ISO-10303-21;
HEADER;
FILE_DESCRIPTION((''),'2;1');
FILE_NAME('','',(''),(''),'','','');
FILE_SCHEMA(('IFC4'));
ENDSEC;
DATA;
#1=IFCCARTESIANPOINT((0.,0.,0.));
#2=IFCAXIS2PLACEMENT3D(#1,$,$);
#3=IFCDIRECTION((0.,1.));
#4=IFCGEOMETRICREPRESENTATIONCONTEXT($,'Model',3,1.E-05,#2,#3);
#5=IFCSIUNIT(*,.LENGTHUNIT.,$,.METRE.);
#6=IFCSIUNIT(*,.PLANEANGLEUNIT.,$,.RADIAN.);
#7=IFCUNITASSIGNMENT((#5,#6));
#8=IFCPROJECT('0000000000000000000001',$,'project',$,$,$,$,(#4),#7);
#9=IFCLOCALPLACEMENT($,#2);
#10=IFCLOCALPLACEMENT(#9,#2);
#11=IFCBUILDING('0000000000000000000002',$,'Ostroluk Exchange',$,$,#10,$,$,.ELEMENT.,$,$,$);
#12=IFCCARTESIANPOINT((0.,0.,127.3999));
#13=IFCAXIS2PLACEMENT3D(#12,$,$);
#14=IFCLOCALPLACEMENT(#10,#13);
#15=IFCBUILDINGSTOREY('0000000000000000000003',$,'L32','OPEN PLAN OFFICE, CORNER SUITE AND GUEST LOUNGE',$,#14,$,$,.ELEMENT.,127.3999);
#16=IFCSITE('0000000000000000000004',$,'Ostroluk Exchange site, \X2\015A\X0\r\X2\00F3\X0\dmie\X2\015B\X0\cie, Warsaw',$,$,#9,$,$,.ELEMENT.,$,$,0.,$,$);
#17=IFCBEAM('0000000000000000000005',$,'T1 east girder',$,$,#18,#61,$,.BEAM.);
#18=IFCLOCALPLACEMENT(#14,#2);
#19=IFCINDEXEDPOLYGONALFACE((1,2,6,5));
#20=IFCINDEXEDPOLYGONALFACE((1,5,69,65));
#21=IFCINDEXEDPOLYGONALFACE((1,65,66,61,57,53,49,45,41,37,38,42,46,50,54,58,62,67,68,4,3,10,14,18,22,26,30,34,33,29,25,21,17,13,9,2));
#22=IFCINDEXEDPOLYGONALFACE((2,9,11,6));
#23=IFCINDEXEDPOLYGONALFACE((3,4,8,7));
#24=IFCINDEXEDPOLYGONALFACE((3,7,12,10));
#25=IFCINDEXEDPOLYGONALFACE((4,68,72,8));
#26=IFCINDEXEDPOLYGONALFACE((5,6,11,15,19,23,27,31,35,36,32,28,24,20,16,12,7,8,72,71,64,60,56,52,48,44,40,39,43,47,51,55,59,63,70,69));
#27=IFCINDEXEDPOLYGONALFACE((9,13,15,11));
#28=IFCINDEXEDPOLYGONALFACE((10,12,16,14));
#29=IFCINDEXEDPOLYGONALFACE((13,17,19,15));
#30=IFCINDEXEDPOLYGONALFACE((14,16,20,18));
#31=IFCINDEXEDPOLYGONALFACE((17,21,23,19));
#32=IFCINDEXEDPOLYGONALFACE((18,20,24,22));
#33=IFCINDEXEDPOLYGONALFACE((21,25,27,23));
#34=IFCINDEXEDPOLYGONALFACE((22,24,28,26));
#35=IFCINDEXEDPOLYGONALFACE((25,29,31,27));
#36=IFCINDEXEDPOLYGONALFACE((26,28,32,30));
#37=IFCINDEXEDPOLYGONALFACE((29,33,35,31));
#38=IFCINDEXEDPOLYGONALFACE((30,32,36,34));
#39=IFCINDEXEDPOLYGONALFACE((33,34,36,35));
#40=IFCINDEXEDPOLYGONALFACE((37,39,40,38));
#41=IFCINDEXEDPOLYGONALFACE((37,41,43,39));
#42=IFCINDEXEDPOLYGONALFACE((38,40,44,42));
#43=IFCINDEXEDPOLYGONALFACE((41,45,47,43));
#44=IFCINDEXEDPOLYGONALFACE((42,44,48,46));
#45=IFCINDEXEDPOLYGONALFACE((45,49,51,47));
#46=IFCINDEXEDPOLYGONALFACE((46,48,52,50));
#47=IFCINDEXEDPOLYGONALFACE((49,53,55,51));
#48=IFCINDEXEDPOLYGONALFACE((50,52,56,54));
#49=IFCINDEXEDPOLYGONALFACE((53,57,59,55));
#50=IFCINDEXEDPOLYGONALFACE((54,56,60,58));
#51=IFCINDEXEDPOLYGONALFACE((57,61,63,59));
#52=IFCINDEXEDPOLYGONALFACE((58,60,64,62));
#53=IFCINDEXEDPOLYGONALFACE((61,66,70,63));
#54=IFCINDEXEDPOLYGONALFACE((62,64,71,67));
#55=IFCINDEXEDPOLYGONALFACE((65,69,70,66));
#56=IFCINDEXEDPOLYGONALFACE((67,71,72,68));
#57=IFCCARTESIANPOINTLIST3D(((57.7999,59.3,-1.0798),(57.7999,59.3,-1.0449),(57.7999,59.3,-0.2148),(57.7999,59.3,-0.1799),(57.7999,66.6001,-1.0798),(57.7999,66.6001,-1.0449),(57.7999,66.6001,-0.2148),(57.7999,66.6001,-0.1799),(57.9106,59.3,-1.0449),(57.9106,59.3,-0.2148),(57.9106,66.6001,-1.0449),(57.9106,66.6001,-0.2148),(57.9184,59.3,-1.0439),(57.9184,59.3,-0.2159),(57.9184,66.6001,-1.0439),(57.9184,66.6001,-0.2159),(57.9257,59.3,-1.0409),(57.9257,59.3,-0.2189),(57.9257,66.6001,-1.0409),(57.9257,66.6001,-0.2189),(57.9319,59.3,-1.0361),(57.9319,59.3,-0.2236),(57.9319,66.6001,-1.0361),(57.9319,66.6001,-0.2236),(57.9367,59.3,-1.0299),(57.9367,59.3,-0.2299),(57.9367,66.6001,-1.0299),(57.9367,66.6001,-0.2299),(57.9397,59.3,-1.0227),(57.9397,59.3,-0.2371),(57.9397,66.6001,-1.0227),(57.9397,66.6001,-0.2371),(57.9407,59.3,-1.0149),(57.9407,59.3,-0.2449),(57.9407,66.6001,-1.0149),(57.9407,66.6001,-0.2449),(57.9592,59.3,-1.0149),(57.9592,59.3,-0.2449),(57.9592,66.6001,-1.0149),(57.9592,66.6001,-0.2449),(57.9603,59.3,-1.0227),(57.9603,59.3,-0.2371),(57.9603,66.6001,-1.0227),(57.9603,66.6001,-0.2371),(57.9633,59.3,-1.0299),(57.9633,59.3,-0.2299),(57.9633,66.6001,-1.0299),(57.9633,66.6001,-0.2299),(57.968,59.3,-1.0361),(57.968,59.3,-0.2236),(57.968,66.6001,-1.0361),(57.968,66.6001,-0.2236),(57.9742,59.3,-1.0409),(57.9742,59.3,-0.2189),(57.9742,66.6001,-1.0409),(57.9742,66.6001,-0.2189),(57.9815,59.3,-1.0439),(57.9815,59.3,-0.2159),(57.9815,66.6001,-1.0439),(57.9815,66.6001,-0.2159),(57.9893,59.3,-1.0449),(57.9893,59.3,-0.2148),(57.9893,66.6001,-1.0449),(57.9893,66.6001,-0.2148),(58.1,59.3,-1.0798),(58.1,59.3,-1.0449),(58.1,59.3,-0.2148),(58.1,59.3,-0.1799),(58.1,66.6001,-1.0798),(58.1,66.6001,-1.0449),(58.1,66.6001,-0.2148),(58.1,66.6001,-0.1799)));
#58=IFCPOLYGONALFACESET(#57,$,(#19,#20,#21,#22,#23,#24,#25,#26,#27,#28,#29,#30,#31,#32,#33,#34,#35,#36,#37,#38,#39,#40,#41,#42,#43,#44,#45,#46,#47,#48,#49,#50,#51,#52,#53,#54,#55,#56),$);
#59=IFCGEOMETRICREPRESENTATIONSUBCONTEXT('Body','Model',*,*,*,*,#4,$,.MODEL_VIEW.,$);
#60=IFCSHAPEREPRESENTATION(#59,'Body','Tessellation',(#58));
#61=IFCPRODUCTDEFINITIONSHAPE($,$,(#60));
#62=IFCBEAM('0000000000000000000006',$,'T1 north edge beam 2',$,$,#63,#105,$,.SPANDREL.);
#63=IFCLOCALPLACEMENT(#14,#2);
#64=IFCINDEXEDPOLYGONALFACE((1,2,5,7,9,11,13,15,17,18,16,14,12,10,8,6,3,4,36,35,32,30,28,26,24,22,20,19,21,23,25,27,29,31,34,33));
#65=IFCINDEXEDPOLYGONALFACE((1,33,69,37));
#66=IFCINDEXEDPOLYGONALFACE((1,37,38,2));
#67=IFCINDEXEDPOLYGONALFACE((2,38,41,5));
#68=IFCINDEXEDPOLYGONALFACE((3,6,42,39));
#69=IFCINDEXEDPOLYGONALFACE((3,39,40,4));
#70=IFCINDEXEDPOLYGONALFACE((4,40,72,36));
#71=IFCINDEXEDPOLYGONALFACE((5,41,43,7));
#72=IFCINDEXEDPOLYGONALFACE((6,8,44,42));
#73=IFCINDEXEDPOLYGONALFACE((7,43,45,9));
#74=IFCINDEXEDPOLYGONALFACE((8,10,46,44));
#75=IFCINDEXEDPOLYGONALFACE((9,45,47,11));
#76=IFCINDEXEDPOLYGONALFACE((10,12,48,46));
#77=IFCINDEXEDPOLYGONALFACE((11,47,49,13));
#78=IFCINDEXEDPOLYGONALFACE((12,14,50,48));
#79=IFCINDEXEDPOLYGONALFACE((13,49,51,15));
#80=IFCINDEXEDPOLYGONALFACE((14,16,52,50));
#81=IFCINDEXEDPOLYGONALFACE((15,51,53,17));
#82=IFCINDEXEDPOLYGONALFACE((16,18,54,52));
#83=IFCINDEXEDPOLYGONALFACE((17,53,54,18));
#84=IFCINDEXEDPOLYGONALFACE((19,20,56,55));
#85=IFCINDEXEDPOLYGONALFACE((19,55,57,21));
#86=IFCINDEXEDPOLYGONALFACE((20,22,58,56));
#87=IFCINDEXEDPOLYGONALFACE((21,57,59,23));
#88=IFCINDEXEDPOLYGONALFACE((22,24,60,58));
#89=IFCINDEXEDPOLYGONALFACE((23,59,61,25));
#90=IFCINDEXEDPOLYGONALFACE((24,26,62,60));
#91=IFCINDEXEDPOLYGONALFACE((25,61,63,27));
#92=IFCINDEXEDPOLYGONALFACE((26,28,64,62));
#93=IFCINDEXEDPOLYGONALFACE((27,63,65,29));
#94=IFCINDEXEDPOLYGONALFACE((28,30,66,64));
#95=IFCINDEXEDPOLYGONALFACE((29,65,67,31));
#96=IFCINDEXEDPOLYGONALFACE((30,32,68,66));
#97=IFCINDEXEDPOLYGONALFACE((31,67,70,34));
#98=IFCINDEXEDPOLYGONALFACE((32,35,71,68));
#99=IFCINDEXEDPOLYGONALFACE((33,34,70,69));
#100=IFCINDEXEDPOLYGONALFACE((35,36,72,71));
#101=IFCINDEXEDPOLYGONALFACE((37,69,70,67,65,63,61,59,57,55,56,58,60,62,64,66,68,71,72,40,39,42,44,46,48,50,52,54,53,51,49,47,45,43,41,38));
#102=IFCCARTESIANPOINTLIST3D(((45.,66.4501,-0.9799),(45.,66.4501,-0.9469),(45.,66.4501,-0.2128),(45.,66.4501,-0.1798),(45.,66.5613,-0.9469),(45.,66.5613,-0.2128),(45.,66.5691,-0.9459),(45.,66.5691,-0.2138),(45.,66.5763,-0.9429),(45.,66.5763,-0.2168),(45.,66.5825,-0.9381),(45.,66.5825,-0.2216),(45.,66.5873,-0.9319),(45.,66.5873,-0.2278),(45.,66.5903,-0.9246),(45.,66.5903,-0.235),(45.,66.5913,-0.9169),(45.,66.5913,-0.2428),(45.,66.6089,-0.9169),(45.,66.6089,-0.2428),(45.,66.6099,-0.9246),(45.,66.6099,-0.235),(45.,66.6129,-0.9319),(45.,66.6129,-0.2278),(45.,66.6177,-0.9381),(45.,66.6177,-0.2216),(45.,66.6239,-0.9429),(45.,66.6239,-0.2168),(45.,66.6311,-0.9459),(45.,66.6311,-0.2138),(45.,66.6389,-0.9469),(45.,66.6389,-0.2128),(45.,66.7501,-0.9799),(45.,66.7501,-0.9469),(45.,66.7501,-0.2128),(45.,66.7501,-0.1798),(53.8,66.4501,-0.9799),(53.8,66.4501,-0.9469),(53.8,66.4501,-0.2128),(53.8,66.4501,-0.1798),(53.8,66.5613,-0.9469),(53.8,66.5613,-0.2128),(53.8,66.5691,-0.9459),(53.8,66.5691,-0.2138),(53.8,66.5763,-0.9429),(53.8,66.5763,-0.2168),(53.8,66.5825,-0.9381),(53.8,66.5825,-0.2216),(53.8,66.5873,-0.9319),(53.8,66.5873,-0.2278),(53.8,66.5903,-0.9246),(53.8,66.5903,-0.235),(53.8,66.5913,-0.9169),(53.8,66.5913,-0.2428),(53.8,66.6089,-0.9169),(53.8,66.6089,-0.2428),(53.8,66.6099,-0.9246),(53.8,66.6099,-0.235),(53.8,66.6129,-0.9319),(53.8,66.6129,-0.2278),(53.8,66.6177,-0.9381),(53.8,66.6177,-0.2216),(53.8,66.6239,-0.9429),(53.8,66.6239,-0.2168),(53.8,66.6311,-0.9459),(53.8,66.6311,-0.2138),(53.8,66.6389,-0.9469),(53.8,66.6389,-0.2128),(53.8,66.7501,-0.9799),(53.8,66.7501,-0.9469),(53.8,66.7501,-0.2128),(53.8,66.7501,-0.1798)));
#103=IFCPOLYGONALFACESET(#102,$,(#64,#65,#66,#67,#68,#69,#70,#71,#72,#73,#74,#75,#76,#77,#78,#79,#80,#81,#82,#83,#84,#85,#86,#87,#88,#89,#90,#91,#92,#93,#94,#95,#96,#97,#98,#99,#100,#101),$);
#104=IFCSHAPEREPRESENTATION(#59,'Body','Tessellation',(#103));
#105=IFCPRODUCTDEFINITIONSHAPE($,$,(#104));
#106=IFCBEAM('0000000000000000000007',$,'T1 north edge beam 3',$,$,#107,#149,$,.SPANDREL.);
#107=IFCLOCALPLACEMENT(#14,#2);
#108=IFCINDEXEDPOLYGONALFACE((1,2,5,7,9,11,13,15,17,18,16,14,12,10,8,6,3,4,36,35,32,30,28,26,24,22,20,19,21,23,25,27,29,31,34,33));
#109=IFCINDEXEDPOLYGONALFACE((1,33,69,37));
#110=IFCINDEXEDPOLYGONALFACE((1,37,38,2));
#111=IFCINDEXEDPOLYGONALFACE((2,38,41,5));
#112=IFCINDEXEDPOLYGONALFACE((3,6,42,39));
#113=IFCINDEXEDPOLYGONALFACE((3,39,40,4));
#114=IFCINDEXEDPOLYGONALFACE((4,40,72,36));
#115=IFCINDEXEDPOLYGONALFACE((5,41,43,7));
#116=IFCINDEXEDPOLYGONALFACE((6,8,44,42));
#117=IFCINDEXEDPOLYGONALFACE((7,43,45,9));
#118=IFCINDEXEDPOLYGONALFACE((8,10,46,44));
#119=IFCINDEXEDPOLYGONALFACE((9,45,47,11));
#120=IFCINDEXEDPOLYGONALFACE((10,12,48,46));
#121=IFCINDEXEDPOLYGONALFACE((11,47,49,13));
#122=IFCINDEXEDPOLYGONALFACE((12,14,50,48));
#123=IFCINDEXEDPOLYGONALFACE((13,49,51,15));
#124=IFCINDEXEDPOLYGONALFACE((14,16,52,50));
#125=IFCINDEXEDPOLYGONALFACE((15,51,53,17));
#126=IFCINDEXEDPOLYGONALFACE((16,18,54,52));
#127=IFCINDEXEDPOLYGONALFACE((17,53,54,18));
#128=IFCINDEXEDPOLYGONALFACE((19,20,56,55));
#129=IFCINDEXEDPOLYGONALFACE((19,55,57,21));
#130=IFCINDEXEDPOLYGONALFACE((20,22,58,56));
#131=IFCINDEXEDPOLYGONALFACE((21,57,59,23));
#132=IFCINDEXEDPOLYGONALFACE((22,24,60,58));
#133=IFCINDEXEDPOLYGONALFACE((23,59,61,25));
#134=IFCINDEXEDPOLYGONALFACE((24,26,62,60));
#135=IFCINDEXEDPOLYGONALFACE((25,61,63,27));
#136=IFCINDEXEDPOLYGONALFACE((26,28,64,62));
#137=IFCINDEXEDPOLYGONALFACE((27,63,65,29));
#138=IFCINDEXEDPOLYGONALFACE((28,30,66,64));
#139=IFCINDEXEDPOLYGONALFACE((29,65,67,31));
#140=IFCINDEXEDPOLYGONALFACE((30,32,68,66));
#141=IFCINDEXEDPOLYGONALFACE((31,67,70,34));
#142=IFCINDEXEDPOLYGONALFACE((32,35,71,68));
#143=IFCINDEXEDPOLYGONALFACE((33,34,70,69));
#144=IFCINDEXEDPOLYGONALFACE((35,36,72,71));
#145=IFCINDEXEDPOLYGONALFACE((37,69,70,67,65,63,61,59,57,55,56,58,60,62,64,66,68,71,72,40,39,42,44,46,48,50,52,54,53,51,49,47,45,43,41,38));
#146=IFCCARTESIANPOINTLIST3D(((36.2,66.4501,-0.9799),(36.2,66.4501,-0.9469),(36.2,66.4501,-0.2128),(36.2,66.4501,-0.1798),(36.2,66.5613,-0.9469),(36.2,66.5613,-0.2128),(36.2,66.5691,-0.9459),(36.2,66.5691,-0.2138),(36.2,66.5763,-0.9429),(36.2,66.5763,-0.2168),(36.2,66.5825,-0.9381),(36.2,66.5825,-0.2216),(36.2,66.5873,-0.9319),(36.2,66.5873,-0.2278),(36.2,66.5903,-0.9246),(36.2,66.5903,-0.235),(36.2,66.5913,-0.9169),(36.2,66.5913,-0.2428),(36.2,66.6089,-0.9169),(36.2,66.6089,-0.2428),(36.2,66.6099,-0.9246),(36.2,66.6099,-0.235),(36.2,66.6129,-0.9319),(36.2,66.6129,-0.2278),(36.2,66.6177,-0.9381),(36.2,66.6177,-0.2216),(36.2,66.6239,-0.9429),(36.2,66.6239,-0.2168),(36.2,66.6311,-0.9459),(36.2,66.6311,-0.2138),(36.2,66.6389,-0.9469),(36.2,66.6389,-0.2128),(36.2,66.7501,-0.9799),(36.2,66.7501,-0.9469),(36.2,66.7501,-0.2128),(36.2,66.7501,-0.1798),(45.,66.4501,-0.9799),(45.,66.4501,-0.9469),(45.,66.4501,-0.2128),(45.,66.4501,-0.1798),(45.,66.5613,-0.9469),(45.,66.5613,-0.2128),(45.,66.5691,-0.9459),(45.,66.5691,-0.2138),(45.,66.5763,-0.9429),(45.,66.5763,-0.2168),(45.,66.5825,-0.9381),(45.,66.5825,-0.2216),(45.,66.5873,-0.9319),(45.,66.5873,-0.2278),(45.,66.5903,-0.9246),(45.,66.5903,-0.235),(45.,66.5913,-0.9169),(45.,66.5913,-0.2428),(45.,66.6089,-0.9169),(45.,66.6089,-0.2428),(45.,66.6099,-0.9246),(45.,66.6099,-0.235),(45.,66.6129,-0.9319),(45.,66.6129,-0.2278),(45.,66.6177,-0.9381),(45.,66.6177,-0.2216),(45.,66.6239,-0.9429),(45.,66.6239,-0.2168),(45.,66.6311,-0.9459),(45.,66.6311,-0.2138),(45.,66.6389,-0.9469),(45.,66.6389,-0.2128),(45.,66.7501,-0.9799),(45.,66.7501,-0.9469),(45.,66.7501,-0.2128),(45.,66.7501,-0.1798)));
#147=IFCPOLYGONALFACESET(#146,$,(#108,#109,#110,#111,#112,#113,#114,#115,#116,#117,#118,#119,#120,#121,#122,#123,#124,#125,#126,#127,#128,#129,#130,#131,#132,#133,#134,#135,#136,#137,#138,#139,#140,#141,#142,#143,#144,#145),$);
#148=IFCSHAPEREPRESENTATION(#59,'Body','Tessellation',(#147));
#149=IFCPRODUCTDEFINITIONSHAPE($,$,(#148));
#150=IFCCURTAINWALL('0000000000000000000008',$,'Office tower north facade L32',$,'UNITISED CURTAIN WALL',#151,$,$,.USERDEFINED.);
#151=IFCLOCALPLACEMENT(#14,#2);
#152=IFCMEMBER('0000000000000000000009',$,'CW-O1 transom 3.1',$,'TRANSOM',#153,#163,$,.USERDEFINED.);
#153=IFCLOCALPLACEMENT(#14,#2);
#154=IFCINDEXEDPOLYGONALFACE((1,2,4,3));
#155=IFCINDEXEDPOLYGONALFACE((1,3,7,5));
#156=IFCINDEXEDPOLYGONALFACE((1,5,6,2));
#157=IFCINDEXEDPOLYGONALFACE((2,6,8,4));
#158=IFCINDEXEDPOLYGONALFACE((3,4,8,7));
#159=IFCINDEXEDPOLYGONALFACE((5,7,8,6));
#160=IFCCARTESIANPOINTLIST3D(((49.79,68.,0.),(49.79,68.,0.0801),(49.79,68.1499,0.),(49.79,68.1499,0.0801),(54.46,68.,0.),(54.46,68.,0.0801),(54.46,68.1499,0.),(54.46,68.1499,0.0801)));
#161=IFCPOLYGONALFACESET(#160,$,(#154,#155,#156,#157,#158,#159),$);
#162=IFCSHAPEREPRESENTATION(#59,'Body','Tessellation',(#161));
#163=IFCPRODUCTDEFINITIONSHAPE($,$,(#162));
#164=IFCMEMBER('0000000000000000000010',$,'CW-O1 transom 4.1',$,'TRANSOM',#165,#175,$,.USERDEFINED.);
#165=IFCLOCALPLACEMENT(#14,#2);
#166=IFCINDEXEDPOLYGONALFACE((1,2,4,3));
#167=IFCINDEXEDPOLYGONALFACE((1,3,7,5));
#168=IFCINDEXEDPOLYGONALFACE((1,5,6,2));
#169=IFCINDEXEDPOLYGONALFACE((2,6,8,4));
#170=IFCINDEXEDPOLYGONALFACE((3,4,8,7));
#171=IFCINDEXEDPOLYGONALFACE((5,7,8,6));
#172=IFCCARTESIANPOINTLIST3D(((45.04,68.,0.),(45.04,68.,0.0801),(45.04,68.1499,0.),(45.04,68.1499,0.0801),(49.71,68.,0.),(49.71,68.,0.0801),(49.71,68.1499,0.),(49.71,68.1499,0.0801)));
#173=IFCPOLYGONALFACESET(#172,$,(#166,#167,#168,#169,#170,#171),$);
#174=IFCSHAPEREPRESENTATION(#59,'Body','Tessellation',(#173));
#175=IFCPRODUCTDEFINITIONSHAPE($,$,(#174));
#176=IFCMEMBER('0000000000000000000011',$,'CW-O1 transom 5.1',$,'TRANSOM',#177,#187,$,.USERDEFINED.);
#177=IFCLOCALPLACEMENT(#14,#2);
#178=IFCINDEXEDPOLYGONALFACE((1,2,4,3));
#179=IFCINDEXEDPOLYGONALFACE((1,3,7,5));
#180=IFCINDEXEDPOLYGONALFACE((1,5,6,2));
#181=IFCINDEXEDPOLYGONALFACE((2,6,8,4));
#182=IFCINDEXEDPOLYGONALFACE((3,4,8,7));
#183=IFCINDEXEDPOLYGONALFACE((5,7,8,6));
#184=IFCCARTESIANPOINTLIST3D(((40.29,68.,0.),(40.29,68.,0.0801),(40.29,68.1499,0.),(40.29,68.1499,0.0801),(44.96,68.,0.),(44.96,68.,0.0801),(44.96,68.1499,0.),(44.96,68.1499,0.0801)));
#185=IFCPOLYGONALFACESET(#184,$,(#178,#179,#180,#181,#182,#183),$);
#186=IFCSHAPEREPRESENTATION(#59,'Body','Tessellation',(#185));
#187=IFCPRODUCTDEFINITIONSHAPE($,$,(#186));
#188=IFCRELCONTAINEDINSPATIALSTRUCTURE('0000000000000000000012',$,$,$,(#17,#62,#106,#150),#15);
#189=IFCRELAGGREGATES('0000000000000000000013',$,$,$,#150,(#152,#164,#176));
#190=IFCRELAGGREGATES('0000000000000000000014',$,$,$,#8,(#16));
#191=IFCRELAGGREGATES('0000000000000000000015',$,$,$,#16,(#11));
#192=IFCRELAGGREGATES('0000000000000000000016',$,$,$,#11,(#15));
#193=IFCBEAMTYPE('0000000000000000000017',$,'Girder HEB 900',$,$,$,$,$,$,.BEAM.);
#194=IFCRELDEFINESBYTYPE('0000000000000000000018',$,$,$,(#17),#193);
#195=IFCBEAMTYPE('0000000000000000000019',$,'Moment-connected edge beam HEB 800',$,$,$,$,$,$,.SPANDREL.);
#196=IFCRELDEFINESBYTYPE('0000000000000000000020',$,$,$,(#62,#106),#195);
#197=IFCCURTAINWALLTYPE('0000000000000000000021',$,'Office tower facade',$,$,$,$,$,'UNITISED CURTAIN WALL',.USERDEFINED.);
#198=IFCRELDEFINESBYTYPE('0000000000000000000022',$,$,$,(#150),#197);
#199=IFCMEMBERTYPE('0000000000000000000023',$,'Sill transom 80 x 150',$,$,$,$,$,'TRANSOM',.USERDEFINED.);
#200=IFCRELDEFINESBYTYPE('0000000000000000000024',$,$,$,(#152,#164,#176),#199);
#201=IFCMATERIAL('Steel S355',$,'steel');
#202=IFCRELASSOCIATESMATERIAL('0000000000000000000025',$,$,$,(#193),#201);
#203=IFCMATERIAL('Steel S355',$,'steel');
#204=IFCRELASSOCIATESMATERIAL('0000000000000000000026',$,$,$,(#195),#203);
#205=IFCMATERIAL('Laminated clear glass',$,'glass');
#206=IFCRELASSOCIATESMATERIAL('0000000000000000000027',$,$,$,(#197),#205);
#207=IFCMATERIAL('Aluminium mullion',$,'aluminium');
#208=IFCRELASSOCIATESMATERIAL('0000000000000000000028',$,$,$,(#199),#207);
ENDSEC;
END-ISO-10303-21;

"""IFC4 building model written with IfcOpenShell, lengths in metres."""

from ifc_helpers import new_model, si_unit, direction, frame, origin, origin_2d, place, context, subcontext, project, spatial, rectangle, i_section, extrude, material, material_profile, profile_set, type_object, element, aggregate, save


model = new_model("IFC4")

# Units and contexts
model_context = context("Model", 3, precision=1e-05, world=origin(), true_north=direction((0.0, 1.0)))
body_context = subcontext(model_context, "Body", "Model", "MODEL_VIEW")
ifc_project = project(units=[si_unit("LENGTHUNIT", "METRE"), si_unit("PLANEANGLEUNIT", "RADIAN")], contexts=[model_context])

# Site, building, storey
site_placement = place(None, origin())
site = spatial("IfcSite", under=ifc_project, at=site_placement, Name="Ostroluk Exchange site, Śródmieście, Warsaw", CompositionType="ELEMENT", RefElevation=0.0)
building_placement = place(site_placement, origin())
building = spatial("IfcBuilding", under=site, at=building_placement, Name="Ostroluk Exchange", CompositionType="ELEMENT")
storey_placement = place(building_placement, frame((0.0, 0.0, 127.3999)))
storey = spatial("IfcBuildingStorey", under=building, at=storey_placement, Name="L32", Description="OPEN PLAN OFFICE, CORNER SUITE AND GUEST LOUNGE", CompositionType="ELEMENT", Elevation=127.3999)

# Beams
ifc_material_1 = material(Name="Steel S355", Category="steel")
ifc_material_profile_1 = material_profile(ifc_material_1, i_section(OverallWidth=0.3, OverallDepth=0.8999, WebThickness=0.0186, FlangeThickness=0.0349, FilletRadius=0.03, at=origin_2d()), Name="HEB 900")
ifc_profile_set_1 = profile_set([ifc_material_profile_1], Name="Steel S355")
beam_type_1 = type_object("IfcBeamType", Name="Girder HEB 900", PredefinedType="BEAM", material=ifc_profile_set_1)
beam_placement = place(storey_placement, frame((57.95, 59.3, -0.6299), z_axis=(0.0, 1.0, 0.0), x_axis=(-1.0, 0.0, 0.0)))
element("IfcBeam", 1, at=beam_placement, inside=storey, type_object=beam_type_1, Name="T1 east girder", PredefinedType="BEAM", context=body_context, shape_type="SweptSolid", body=[
    extrude(i_section(OverallWidth=0.3, OverallDepth=0.8999, WebThickness=0.0186, FlangeThickness=0.0349, FilletRadius=0.03, at=origin_2d()), origin(), (0.0, 0.0, 1.0), 7.3),
])
ifc_material_2 = material(Name="Steel S355", Category="steel")
ifc_material_profile_2 = material_profile(ifc_material_2, i_section(OverallWidth=0.3, OverallDepth=0.8, WebThickness=0.0176, FlangeThickness=0.033, FilletRadius=0.03, at=origin_2d()), Name="HEB 800")
ifc_profile_set_2 = profile_set([ifc_material_profile_2], Name="Steel S355")
beam_type_2 = type_object("IfcBeamType", Name="Moment-connected edge beam HEB 800", PredefinedType="SPANDREL", material=ifc_profile_set_2)
for number, where, z_axis, x_axis, name in (
    (2, (53.8, 66.6001, -0.5798), (-1.0, 0.0, 0.0), (0.0, -1.0, 0.0), "T1 north edge beam 2"),
    (3, (45.0, 66.6001, -0.5798), (-1.0, 0.0, 0.0), (0.0, -1.0, 0.0), "T1 north edge beam 3"),
):
    element("IfcBeam", number, at=place(storey_placement, frame(where, z_axis=z_axis, x_axis=x_axis)), inside=storey, type_object=beam_type_2, Name=name, PredefinedType="SPANDREL", context=body_context, shape_type="SweptSolid", body=[
        extrude(i_section(OverallWidth=0.3, OverallDepth=0.8, WebThickness=0.0176, FlangeThickness=0.033, FilletRadius=0.03, at=origin_2d()), origin(), (0.0, 0.0, 1.0), 8.8),
    ])

# Curtain wall, members
ifc_material_3 = material(Name="Laminated clear glass", Category="glass")
curtain_wall_type = type_object("IfcCurtainWallType", Name="Office tower facade", ElementType="UNITISED CURTAIN WALL", PredefinedType="USERDEFINED", material=ifc_material_3)
curtain_wall_placement = place(storey_placement, origin())
curtain_wall = element("IfcCurtainWall", 4, at=curtain_wall_placement, inside=storey, type_object=curtain_wall_type, Name="Office tower north facade L32", ObjectType="UNITISED CURTAIN WALL", PredefinedType="USERDEFINED")
ifc_material_4 = material(Name="Aluminium mullion", Category="aluminium")
ifc_material_profile_3 = material_profile(ifc_material_4, rectangle(XDim=0.1499, YDim=0.0801, at=origin_2d()), Name="Sill transom 80 x 150")
ifc_profile_set_3 = profile_set([ifc_material_profile_3], Name="Aluminium mullion")
member_type_1 = type_object("IfcMemberType", Name="Sill transom 80 x 150", ElementType="TRANSOM", PredefinedType="USERDEFINED", material=ifc_profile_set_3)
member_1_placement = place(storey_placement, frame((54.46, 68.075, 0.04), z_axis=(-1.0, 0.0, 0.0), x_axis=(0.0, -1.0, 0.0)))
member_1 = element("IfcMember", 5, at=member_1_placement, type_object=member_type_1, Name="CW-O1 transom 3.1", ObjectType="TRANSOM", PredefinedType="USERDEFINED", context=body_context, shape_type="SweptSolid", body=[
    extrude(rectangle(XDim=0.1499, YDim=0.0801, at=origin_2d()), origin(), (0.0, 0.0, 1.0), 4.6699),
])
member_2_placement = place(storey_placement, frame((49.71, 68.075, 0.04), z_axis=(-1.0, 0.0, 0.0), x_axis=(0.0, -1.0, 0.0)))
member_2 = element("IfcMember", 6, at=member_2_placement, type_object=member_type_1, Name="CW-O1 transom 4.1", ObjectType="TRANSOM", PredefinedType="USERDEFINED", context=body_context, shape_type="SweptSolid", body=[
    extrude(rectangle(XDim=0.1499, YDim=0.0801, at=origin_2d()), origin(), (0.0, 0.0, 1.0), 4.6699),
])
member_3_placement = place(storey_placement, frame((44.96, 68.075, 0.04), z_axis=(-1.0, 0.0, 0.0), x_axis=(0.0, -1.0, 0.0)))
member_3 = element("IfcMember", 7, at=member_3_placement, type_object=member_type_1, Name="CW-O1 transom 5.1", ObjectType="TRANSOM", PredefinedType="USERDEFINED", context=body_context, shape_type="SweptSolid", body=[
    extrude(rectangle(XDim=0.1499, YDim=0.0801, at=origin_2d()), origin(), (0.0, 0.0, 1.0), 4.6699),
])
aggregate(curtain_wall, [member_1, member_2, member_3])

save(model, "model.ifc")
